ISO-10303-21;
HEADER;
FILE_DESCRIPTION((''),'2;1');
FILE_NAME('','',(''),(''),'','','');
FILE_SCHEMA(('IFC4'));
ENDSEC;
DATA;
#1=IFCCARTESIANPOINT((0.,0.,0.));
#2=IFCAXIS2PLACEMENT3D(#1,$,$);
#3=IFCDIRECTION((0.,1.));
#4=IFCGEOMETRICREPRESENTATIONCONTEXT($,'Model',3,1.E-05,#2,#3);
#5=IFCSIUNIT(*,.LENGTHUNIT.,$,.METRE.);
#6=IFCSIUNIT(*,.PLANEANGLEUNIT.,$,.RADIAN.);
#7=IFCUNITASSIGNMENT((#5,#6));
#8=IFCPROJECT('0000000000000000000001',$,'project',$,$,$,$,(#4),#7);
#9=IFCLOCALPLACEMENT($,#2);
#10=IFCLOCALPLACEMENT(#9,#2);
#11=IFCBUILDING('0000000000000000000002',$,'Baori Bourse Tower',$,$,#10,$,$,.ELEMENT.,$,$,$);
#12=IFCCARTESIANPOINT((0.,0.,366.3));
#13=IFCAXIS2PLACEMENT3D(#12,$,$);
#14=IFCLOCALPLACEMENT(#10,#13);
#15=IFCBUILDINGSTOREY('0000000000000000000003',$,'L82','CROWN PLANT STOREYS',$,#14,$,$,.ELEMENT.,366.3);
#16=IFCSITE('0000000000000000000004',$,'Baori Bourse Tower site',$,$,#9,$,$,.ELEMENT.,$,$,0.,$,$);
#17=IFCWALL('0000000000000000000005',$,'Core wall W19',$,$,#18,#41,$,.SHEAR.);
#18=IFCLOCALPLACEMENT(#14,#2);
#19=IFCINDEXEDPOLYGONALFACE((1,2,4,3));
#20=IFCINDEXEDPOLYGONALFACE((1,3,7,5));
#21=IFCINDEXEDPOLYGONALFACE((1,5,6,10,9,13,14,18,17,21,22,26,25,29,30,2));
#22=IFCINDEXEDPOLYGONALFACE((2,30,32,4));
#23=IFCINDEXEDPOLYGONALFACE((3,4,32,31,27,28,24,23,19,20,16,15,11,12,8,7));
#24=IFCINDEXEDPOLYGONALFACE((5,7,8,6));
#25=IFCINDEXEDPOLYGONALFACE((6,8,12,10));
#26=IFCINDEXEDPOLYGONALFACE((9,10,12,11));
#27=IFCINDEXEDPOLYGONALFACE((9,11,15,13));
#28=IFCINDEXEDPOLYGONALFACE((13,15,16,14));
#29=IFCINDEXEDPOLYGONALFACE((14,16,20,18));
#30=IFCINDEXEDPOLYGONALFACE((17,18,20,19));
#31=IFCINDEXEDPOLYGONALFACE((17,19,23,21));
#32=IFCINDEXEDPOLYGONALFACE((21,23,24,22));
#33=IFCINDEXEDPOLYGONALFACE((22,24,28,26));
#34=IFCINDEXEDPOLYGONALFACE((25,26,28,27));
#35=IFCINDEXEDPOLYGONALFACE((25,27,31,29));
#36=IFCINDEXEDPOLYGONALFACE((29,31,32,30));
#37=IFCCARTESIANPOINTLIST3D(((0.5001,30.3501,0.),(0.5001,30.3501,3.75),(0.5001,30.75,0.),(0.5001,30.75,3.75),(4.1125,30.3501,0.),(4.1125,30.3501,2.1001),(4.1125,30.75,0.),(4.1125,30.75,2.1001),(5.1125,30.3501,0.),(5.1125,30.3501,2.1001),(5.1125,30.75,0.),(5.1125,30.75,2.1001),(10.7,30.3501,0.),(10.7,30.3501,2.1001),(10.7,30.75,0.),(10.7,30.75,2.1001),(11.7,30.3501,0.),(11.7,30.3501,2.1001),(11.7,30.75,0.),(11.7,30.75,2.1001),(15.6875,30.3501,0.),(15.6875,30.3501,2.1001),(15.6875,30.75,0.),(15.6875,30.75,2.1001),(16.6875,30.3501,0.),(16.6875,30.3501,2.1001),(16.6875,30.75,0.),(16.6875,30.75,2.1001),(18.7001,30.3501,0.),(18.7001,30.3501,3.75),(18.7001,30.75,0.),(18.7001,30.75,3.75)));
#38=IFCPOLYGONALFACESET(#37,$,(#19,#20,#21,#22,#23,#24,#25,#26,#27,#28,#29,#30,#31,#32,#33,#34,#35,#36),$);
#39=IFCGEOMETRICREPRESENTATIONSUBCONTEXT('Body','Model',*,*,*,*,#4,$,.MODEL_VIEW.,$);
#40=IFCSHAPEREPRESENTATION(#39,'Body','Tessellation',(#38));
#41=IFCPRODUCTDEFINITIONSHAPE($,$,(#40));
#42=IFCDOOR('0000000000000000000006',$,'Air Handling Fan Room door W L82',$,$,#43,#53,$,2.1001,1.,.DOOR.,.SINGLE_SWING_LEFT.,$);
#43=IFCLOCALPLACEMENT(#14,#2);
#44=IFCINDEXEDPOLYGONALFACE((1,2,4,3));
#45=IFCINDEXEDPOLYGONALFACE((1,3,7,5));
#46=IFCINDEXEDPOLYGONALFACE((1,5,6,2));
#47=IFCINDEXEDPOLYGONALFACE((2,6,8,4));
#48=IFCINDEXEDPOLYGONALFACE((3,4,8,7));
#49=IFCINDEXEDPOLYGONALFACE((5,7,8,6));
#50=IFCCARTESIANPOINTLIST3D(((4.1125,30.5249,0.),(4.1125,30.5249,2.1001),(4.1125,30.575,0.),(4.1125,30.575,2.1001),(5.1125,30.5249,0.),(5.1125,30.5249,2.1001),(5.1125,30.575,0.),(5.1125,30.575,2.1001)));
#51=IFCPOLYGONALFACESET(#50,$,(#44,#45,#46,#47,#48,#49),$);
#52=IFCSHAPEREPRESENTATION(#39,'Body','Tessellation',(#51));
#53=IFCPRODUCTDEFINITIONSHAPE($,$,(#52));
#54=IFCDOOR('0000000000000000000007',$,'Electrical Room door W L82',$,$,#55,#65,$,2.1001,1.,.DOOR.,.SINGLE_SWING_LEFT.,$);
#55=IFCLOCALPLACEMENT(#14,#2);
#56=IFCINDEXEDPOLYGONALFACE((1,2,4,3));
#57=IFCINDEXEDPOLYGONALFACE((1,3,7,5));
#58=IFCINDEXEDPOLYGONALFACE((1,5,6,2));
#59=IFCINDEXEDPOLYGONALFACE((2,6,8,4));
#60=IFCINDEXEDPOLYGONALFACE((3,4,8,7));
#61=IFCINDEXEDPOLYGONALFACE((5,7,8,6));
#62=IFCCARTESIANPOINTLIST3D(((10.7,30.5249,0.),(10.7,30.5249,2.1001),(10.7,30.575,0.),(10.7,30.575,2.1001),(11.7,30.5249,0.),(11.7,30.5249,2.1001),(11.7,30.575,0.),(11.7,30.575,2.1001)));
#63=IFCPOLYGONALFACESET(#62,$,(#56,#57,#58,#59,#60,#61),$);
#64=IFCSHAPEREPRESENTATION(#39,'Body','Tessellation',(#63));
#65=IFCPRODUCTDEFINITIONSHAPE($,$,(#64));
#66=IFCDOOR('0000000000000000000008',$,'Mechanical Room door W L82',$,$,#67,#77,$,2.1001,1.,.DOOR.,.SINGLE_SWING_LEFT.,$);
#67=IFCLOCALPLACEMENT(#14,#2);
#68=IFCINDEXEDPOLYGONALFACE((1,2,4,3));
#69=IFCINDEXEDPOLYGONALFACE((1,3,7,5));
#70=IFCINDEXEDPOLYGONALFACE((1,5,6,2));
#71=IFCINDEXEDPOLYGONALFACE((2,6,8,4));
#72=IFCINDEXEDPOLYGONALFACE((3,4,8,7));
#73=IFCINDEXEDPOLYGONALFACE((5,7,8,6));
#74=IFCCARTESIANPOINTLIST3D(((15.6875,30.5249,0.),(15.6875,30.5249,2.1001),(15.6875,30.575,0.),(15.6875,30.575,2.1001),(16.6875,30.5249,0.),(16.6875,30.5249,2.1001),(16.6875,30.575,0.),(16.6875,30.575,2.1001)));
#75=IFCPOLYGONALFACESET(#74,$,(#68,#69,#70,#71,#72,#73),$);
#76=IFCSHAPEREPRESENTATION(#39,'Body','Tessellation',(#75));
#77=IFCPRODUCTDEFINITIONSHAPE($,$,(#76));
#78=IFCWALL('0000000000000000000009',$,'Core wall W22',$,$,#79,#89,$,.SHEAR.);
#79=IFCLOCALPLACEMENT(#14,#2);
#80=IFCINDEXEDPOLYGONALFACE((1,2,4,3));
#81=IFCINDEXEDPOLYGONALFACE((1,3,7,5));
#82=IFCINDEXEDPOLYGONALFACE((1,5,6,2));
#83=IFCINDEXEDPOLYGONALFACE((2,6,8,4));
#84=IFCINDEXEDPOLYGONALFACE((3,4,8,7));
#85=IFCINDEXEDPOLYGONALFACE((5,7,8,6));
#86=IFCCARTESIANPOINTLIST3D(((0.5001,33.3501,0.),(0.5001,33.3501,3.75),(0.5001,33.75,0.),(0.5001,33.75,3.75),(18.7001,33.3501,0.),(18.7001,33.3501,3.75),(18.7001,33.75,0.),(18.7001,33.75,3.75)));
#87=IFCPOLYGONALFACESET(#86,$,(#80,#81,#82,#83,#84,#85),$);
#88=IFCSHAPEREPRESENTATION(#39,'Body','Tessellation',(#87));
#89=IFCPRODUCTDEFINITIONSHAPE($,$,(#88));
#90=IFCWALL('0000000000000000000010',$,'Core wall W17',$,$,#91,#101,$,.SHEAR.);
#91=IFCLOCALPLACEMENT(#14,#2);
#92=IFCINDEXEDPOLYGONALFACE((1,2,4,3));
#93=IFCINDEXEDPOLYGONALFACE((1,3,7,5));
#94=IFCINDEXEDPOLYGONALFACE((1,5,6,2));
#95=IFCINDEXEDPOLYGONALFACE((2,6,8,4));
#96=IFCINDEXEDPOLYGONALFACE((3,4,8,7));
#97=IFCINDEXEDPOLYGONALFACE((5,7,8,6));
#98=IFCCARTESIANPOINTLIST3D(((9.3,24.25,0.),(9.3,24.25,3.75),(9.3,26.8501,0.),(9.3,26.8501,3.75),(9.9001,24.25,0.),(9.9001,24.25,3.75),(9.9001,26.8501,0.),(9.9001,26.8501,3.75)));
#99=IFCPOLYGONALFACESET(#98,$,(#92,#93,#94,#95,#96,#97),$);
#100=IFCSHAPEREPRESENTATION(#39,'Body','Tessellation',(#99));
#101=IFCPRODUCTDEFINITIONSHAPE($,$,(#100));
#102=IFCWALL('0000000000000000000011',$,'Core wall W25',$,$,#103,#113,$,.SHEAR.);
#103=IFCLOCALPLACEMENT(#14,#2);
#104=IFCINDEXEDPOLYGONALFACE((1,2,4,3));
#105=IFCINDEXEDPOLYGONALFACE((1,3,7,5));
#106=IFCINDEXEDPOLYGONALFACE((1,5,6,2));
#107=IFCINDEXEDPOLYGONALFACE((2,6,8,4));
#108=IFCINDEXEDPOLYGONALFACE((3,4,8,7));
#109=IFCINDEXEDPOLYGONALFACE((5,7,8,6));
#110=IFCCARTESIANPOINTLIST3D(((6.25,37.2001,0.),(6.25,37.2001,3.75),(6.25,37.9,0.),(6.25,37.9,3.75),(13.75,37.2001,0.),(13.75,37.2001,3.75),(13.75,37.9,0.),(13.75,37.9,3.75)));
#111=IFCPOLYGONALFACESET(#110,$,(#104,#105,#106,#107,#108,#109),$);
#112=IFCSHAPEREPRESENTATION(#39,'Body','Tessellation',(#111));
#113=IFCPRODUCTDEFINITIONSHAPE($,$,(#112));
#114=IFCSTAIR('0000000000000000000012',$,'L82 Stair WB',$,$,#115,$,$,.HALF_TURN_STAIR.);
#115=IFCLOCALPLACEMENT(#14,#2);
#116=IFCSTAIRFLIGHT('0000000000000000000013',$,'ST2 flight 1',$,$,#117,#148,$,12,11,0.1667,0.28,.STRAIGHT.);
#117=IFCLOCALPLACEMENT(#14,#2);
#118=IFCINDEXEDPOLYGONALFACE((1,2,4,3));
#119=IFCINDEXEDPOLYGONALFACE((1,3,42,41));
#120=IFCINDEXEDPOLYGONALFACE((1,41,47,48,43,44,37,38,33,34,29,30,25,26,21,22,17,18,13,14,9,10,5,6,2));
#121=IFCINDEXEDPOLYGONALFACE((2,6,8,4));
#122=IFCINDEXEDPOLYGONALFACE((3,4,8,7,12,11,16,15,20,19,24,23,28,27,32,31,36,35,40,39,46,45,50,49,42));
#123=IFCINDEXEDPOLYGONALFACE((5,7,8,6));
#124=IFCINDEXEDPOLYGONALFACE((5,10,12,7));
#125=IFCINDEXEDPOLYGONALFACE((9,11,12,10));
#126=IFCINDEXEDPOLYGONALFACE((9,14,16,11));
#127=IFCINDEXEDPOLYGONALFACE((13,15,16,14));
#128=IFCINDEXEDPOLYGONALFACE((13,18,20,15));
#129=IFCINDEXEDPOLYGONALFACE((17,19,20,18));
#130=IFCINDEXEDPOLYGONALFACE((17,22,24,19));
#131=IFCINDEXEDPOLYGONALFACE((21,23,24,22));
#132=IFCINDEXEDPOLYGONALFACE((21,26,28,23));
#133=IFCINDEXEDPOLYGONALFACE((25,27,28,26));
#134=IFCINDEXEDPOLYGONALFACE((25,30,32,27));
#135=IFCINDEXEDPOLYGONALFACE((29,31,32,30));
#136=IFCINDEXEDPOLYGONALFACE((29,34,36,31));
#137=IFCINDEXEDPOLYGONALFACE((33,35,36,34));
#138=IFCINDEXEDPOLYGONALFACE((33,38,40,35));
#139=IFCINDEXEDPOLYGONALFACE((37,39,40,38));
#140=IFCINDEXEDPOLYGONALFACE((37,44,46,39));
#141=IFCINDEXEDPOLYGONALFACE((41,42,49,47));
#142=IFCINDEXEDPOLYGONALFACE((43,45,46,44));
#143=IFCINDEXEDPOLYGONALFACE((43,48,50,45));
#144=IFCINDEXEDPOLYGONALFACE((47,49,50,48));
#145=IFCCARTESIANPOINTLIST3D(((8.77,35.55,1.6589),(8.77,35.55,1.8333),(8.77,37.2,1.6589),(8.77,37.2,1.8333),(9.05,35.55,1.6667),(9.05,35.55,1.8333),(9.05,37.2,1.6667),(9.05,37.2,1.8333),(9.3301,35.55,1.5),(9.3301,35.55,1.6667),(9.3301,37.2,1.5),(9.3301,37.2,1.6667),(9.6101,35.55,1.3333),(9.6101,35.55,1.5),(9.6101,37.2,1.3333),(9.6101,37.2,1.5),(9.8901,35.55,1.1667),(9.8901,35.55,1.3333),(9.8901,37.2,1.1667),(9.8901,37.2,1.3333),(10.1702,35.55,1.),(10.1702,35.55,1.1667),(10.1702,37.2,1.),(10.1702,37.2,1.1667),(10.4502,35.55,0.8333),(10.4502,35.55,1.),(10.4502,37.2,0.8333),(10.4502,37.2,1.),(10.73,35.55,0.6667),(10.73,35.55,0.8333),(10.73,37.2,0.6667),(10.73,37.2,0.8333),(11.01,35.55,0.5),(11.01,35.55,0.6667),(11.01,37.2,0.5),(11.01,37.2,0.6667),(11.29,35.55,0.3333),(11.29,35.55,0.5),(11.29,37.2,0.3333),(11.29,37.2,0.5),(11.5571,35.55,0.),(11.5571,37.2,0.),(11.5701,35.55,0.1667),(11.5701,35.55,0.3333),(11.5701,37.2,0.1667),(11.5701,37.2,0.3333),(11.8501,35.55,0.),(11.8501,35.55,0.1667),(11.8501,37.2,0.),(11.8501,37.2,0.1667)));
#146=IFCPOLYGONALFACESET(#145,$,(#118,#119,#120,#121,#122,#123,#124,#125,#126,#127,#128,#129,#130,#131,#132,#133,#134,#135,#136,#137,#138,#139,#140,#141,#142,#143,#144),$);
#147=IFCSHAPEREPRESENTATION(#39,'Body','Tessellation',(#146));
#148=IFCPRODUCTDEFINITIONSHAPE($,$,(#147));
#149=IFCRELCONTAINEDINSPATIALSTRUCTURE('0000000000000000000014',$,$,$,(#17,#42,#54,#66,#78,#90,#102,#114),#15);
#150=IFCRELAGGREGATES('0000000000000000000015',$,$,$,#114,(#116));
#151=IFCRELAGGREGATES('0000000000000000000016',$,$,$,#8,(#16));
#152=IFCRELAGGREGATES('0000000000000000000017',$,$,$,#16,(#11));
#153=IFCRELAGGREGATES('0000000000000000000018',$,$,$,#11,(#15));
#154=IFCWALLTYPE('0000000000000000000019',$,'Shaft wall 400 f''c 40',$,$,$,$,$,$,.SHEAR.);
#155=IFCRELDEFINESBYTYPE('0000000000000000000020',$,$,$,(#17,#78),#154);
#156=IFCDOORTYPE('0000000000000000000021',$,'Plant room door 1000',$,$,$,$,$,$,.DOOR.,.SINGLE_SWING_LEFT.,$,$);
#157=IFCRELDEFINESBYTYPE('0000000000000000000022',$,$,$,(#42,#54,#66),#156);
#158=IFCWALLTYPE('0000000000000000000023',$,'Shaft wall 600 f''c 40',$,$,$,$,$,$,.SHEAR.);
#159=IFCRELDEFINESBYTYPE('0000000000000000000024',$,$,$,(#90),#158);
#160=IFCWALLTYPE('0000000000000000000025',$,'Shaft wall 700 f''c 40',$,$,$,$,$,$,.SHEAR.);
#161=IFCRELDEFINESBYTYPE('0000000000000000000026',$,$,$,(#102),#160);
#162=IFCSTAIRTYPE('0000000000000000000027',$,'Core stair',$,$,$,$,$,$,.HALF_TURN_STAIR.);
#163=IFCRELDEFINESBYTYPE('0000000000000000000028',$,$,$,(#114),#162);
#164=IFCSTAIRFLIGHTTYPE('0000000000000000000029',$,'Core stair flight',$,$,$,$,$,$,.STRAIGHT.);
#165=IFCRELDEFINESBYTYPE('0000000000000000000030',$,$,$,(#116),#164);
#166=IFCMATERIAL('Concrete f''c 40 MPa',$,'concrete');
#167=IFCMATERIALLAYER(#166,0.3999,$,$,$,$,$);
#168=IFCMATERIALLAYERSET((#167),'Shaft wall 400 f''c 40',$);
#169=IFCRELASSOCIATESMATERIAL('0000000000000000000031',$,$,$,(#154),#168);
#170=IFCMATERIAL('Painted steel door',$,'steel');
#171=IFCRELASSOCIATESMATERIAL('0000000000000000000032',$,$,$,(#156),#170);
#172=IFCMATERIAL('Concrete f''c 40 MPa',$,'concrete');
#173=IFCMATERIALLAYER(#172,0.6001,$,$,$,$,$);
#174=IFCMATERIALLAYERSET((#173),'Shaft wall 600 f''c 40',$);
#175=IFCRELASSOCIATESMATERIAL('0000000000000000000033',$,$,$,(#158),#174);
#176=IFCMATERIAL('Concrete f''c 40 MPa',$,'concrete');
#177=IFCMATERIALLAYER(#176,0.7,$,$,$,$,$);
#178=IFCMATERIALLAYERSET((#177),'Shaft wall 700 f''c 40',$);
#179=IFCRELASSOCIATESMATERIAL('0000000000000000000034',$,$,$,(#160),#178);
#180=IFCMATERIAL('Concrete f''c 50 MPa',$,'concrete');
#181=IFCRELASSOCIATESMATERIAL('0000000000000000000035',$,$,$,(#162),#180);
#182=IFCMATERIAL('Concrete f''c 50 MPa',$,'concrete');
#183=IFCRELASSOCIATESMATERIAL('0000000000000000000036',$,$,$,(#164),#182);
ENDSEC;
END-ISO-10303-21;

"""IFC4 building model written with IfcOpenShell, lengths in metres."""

from ifc_helpers import new_model, si_unit, direction, frame, frame_2d, origin, place, context, subcontext, project, spatial, polyline, rectangle, outline, extrude, material, layer, layer_set, type_object, element, fill, aggregate, save


model = new_model("IFC4")

# Units and contexts
model_context = context("Model", 3, precision=1e-05, world=origin(), true_north=direction((0.0, 1.0)))
body_context = subcontext(model_context, "Body", "Model", "MODEL_VIEW")
ifc_project = project(units=[si_unit("LENGTHUNIT", "METRE"), si_unit("PLANEANGLEUNIT", "RADIAN")], contexts=[model_context])

# Site, building, storey
site_placement = place(None, origin())
site = spatial("IfcSite", under=ifc_project, at=site_placement, Name="Baori Bourse Tower site", CompositionType="ELEMENT", RefElevation=0.0)
building_placement = place(site_placement, origin())
building = spatial("IfcBuilding", under=site, at=building_placement, Name="Baori Bourse Tower", CompositionType="ELEMENT")
storey_placement = place(building_placement, frame((0.0, 0.0, 366.3)))
storey = spatial("IfcBuildingStorey", under=building, at=storey_placement, Name="L82", Description="CROWN PLANT STOREYS", CompositionType="ELEMENT", Elevation=366.3)

# Wall, openings, doors
ifc_material_1 = material(Name="Concrete f'c 40 MPa", Category="concrete")
ifc_layer_1 = layer(ifc_material_1, 0.3999)
ifc_layer_set_1 = layer_set([ifc_layer_1], Name="Shaft wall 400 f'c 40")
wall_type_1 = type_object("IfcWallType", Name="Shaft wall 400 f'c 40", PredefinedType="SHEAR", material=ifc_layer_set_1)
ifc_material_2 = material(Name="Painted steel door", Category="steel")
door_type_1 = type_object("IfcDoorType", Name="Plant room door 1000", OperationType="SINGLE_SWING_LEFT", PredefinedType="DOOR", material=ifc_material_2)
wall_1_placement = place(storey_placement, frame((0.5, 30.55, 0.0), z_axis=(0.0, 0.0, 1.0), x_axis=(1.0, 0.0, 0.0)))
wall_1 = element("IfcWall", 1, at=wall_1_placement, inside=storey, type_object=wall_type_1, Name="Core wall W19", PredefinedType="SHEAR", context=body_context, shape_type="SweptSolid", body=[
    extrude(rectangle(XDim=18.2, YDim=0.3999, at=frame_2d((9.1001, 0.0))), origin(), (0.0, 0.0, 1.0), 3.75),
])
opening_1_placement = place(wall_1_placement, frame((3.6125, 0.0, 0.0)))
opening_1 = element("IfcOpeningElement", 2, at=opening_1_placement, cuts=wall_1, PredefinedType="OPENING", context=body_context, shape_type="SweptSolid", body=[
    extrude(rectangle(XDim=1.0, YDim=2.1001, at=frame_2d((0.5, 1.05))), frame((0.0, 0.21, 0.0), z_axis=(0.0, -1.0, 0.0), x_axis=(1.0, 0.0, 0.0)), (0.0, 0.0, 1.0), 0.4199),
])
opening_2_placement = place(wall_1_placement, frame((10.2, 0.0, 0.0)))
opening_2 = element("IfcOpeningElement", 3, at=opening_2_placement, cuts=wall_1, PredefinedType="OPENING", context=body_context, shape_type="SweptSolid", body=[
    extrude(rectangle(XDim=1.0, YDim=2.1001, at=frame_2d((0.5, 1.05))), frame((0.0, 0.21, 0.0), z_axis=(0.0, -1.0, 0.0), x_axis=(1.0, 0.0, 0.0)), (0.0, 0.0, 1.0), 0.4199),
])
opening_3_placement = place(wall_1_placement, frame((15.1875, 0.0, 0.0)))
opening_3 = element("IfcOpeningElement", 4, at=opening_3_placement, cuts=wall_1, PredefinedType="OPENING", context=body_context, shape_type="SweptSolid", body=[
    extrude(rectangle(XDim=1.0, YDim=2.1001, at=frame_2d((0.5, 1.05))), frame((0.0, 0.21, 0.0), z_axis=(0.0, -1.0, 0.0), x_axis=(1.0, 0.0, 0.0)), (0.0, 0.0, 1.0), 0.4199),
])
door_1_placement = place(opening_1_placement, origin())
door_1 = element("IfcDoor", 5, at=door_1_placement, inside=storey, type_object=door_type_1, Name="Air Handling Fan Room door W L82", OperationType="SINGLE_SWING_LEFT", OverallHeight=2.1001, OverallWidth=1.0, PredefinedType="DOOR", context=body_context, shape_type="SweptSolid", body=[
    extrude(rectangle(XDim=1.0, YDim=2.1001, at=frame_2d((0.5, 1.05))), frame((0.0, 0.0249, 0.0), z_axis=(0.0, -1.0, 0.0), x_axis=(1.0, 0.0, 0.0)), (0.0, 0.0, 1.0), 0.05),
])
fill(opening_1, door_1)
door_2_placement = place(opening_2_placement, origin())
door_2 = element("IfcDoor", 6, at=door_2_placement, inside=storey, type_object=door_type_1, Name="Electrical Room door W L82", OperationType="SINGLE_SWING_LEFT", OverallHeight=2.1001, OverallWidth=1.0, PredefinedType="DOOR", context=body_context, shape_type="SweptSolid", body=[
    extrude(rectangle(XDim=1.0, YDim=2.1001, at=frame_2d((0.5, 1.05))), frame((0.0, 0.0249, 0.0), z_axis=(0.0, -1.0, 0.0), x_axis=(1.0, 0.0, 0.0)), (0.0, 0.0, 1.0), 0.05),
])
fill(opening_2, door_2)
door_3_placement = place(opening_3_placement, origin())
door_3 = element("IfcDoor", 7, at=door_3_placement, inside=storey, type_object=door_type_1, Name="Mechanical Room door W L82", OperationType="SINGLE_SWING_LEFT", OverallHeight=2.1001, OverallWidth=1.0, PredefinedType="DOOR", context=body_context, shape_type="SweptSolid", body=[
    extrude(rectangle(XDim=1.0, YDim=2.1001, at=frame_2d((0.5, 1.05))), frame((0.0, 0.0249, 0.0), z_axis=(0.0, -1.0, 0.0), x_axis=(1.0, 0.0, 0.0)), (0.0, 0.0, 1.0), 0.05),
])
fill(opening_3, door_3)

# Walls
wall_2_placement = place(storey_placement, frame((0.5, 33.55, 0.0), z_axis=(0.0, 0.0, 1.0), x_axis=(1.0, 0.0, 0.0)))
element("IfcWall", 8, at=wall_2_placement, inside=storey, type_object=wall_type_1, Name="Core wall W22", PredefinedType="SHEAR", context=body_context, shape_type="SweptSolid", body=[
    extrude(rectangle(XDim=18.2, YDim=0.3999, at=frame_2d((9.1001, 0.0))), origin(), (0.0, 0.0, 1.0), 3.75),
])
ifc_material_3 = material(Name="Concrete f'c 40 MPa", Category="concrete")
ifc_layer_2 = layer(ifc_material_3, 0.6001)
ifc_layer_set_2 = layer_set([ifc_layer_2], Name="Shaft wall 600 f'c 40")
wall_type_2 = type_object("IfcWallType", Name="Shaft wall 600 f'c 40", PredefinedType="SHEAR", material=ifc_layer_set_2)
wall_3_placement = place(storey_placement, frame((9.6001, 24.25, 0.0), z_axis=(0.0, 0.0, 1.0), x_axis=(0.0, 1.0, 0.0)))
element("IfcWall", 9, at=wall_3_placement, inside=storey, type_object=wall_type_2, Name="Core wall W17", PredefinedType="SHEAR", context=body_context, shape_type="SweptSolid", body=[
    extrude(rectangle(XDim=2.6001, YDim=0.6001, at=frame_2d((1.3, 0.0))), origin(), (0.0, 0.0, 1.0), 3.75),
])
ifc_material_4 = material(Name="Concrete f'c 40 MPa", Category="concrete")
ifc_layer_3 = layer(ifc_material_4, 0.7)
ifc_layer_set_3 = layer_set([ifc_layer_3], Name="Shaft wall 700 f'c 40")
wall_type_3 = type_object("IfcWallType", Name="Shaft wall 700 f'c 40", PredefinedType="SHEAR", material=ifc_layer_set_3)
wall_4_placement = place(storey_placement, frame((6.25, 37.55, 0.0), z_axis=(0.0, 0.0, 1.0), x_axis=(1.0, 0.0, 0.0)))
element("IfcWall", 10, at=wall_4_placement, inside=storey, type_object=wall_type_3, Name="Core wall W25", PredefinedType="SHEAR", context=body_context, shape_type="SweptSolid", body=[
    extrude(rectangle(XDim=7.5, YDim=0.7, at=frame_2d((3.75, 0.0))), origin(), (0.0, 0.0, 1.0), 3.75),
])

# Stair, stair flight
ifc_material_5 = material(Name="Concrete f'c 50 MPa", Category="concrete")
stair_type = type_object("IfcStairType", Name="Core stair", PredefinedType="HALF_TURN_STAIR", material=ifc_material_5)
stair_placement = place(storey_placement, origin())
stair = element("IfcStair", 11, at=stair_placement, inside=storey, type_object=stair_type, Name="L82 Stair WB", PredefinedType="HALF_TURN_STAIR")
ifc_material_6 = material(Name="Concrete f'c 50 MPa", Category="concrete")
stair_flight_type = type_object("IfcStairFlightType", Name="Core stair flight", PredefinedType="STRAIGHT", material=ifc_material_6)
stair_flight_1_placement = place(storey_placement, frame((11.8501, 36.375, 0.0), z_axis=(0.0, 0.0, 1.0), x_axis=(-1.0, 0.0, 0.0)))
stair_flight_1 = element("IfcStairFlight", 12, at=stair_flight_1_placement, type_object=stair_flight_type, Name="ST2 flight 1", NumberOfRisers=12, NumberOfTreads=11, PredefinedType="STRAIGHT", RiserHeight=0.1667, TreadLength=0.28, context=body_context, shape_type="SweptSolid", body=[
    extrude(outline(polyline([(0.0, 0.0), (0.0, 0.1667), (0.28, 0.1667), (0.28, 0.3333), (0.5601, 0.3333), (0.5601, 0.5), (0.8401, 0.5), (0.8401, 0.6667), (1.1201, 0.6667), (1.1201, 0.8333), (1.3999, 0.8333), (1.3999, 1.0), (1.6799, 1.0), (1.6799, 1.1667), (1.96, 1.1667), (1.96, 1.3333), (2.24, 1.3333), (2.24, 1.5), (2.52, 1.5), (2.52, 1.6667), (2.8, 1.6667), (2.8, 1.8333), (3.0801, 1.8333), (3.0801, 2.0), (3.0801, 1.6589), (0.293, 0.0), (0.0, 0.0)])), frame((0.0, 0.825, 0.0), z_axis=(0.0, -1.0, 0.0), x_axis=(1.0, 0.0, 0.0)), (0.0, 0.0, 1.0), 1.6499),
])
aggregate(stair, [stair_flight_1])

save(model, "model.ifc")
